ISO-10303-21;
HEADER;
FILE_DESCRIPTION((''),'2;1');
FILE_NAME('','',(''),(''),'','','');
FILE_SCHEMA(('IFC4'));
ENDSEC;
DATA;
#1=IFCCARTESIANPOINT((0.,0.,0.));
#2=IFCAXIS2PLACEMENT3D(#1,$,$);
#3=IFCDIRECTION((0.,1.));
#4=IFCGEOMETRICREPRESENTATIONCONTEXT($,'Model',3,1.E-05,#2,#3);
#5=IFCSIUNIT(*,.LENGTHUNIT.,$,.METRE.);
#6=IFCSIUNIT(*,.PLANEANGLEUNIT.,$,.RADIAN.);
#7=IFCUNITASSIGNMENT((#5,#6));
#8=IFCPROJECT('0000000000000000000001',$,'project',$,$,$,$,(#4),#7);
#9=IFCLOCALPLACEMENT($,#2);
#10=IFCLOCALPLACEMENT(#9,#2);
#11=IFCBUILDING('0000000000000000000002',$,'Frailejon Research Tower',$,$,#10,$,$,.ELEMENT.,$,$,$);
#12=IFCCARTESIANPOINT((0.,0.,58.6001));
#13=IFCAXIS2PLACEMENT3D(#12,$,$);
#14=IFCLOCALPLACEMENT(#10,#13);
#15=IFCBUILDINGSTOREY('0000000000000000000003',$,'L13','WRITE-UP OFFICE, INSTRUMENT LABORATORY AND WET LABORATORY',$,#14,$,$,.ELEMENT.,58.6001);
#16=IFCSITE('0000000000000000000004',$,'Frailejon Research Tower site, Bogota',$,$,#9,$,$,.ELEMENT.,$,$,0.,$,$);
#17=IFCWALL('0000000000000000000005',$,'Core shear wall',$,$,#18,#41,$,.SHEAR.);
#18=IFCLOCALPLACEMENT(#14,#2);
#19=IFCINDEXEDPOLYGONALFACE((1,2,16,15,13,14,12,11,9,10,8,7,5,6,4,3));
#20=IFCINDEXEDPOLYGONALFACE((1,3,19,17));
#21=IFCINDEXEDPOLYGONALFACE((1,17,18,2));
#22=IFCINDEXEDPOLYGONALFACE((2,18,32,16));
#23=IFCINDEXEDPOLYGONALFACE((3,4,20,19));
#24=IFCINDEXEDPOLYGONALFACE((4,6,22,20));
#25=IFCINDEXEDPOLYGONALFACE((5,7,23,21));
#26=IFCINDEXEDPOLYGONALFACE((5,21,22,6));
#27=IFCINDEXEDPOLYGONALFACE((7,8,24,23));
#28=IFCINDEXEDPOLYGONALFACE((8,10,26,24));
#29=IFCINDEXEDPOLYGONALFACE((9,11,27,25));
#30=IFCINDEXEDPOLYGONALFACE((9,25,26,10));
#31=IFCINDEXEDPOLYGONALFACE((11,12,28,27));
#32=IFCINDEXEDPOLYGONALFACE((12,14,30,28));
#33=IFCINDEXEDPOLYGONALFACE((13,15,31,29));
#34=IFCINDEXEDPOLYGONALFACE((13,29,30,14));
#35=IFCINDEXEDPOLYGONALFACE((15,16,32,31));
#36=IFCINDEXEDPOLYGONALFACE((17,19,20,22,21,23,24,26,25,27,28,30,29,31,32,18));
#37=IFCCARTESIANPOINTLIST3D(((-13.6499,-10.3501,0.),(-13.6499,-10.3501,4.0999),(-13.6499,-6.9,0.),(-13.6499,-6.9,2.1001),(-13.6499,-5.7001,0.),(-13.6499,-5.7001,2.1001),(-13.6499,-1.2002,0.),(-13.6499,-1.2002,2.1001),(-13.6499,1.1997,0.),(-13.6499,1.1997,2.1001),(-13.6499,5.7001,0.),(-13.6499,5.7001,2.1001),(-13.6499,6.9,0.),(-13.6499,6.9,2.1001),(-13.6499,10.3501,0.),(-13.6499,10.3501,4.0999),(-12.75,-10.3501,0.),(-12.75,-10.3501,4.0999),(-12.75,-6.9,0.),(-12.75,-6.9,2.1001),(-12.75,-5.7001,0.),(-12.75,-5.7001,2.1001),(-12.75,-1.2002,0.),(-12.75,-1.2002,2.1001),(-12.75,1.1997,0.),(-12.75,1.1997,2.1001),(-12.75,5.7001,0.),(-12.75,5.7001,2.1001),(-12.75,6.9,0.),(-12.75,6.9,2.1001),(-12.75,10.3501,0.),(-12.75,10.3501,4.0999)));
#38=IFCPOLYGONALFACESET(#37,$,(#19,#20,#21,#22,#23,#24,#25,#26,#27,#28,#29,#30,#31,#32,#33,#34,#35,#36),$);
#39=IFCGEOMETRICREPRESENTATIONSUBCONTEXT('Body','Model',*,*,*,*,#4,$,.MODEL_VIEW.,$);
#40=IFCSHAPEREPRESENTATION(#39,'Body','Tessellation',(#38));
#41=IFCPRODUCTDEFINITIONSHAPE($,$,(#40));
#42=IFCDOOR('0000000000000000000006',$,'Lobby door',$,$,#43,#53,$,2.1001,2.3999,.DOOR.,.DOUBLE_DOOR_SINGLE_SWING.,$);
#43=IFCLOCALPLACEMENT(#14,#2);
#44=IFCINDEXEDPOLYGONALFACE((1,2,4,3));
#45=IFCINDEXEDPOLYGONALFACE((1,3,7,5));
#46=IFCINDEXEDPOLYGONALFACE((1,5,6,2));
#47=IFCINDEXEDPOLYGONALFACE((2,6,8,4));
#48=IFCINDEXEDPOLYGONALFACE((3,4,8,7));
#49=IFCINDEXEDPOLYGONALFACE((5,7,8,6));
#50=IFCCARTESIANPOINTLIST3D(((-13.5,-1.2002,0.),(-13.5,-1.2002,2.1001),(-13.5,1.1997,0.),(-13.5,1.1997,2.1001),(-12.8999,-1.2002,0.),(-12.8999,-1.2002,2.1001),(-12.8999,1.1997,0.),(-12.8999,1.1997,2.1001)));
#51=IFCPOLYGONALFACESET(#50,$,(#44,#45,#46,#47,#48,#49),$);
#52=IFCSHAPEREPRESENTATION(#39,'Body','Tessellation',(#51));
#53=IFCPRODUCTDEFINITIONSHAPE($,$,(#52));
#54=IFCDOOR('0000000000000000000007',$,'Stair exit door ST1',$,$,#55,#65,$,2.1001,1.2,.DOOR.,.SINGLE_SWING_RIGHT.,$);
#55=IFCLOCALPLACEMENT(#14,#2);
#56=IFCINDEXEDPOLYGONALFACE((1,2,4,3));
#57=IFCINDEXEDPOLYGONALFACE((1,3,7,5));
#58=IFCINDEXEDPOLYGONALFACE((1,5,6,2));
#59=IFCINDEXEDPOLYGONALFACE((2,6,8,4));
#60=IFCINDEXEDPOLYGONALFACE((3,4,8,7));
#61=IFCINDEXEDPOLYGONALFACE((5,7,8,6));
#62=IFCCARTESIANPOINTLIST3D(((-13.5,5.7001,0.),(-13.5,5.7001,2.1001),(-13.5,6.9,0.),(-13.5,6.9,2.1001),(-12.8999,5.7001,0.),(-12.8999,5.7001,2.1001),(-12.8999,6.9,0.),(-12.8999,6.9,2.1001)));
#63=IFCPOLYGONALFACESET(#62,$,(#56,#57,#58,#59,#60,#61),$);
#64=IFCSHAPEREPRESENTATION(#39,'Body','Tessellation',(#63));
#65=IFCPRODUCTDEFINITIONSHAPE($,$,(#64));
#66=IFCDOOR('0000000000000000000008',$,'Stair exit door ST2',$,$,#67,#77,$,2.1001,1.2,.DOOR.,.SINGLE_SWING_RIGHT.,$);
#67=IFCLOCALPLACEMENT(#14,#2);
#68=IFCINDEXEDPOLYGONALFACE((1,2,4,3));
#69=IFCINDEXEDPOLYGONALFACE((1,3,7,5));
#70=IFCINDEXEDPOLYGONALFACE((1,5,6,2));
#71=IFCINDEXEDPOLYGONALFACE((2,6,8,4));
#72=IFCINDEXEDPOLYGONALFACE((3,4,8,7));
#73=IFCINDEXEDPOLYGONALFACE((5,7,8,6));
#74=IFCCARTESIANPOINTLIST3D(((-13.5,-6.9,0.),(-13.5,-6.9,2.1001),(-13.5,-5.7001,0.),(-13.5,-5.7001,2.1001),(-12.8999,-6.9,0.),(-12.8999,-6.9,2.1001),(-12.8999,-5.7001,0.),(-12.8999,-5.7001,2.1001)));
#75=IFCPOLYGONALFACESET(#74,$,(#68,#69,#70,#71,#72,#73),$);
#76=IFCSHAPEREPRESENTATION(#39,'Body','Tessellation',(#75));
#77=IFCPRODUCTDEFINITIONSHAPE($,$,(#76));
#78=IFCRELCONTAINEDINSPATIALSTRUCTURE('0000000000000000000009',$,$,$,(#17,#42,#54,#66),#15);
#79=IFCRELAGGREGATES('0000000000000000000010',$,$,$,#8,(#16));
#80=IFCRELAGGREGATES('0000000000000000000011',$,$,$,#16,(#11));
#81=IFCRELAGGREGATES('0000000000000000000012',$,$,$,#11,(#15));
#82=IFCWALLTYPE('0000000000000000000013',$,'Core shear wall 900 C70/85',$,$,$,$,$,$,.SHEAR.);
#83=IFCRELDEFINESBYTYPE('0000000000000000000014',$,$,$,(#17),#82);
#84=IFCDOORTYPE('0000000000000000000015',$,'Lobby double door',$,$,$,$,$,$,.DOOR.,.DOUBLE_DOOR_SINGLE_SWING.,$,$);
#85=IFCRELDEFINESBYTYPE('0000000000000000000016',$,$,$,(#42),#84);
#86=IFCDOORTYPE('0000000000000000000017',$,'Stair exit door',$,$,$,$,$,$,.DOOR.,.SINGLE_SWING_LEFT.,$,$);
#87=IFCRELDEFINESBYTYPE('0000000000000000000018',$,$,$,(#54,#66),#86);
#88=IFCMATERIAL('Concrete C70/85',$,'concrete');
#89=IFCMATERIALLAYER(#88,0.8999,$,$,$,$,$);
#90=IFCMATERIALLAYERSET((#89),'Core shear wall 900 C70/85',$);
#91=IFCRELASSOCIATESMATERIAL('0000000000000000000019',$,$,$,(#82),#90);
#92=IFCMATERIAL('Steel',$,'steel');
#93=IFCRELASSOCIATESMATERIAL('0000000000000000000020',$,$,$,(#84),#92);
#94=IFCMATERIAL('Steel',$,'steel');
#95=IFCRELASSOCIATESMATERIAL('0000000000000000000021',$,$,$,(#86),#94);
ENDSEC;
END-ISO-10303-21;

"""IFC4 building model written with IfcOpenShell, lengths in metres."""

from ifc_helpers import new_model, si_unit, direction, frame, frame_2d, origin, place, context, subcontext, project, spatial, rectangle, extrude, material, layer, layer_set, type_object, element, fill, save


model = new_model("IFC4")

# Units and contexts
model_context = context("Model", 3, precision=1e-05, world=origin(), true_north=direction((0.0, 1.0)))
body_context = subcontext(model_context, "Body", "Model", "MODEL_VIEW")
ifc_project = project(units=[si_unit("LENGTHUNIT", "METRE"), si_unit("PLANEANGLEUNIT", "RADIAN")], contexts=[model_context])

# Site, building, storey
site_placement = place(None, origin())
site = spatial("IfcSite", under=ifc_project, at=site_placement, Name="Frailejon Research Tower site, Bogota", CompositionType="ELEMENT", RefElevation=0.0)
building_placement = place(site_placement, origin())
building = spatial("IfcBuilding", under=site, at=building_placement, Name="Frailejon Research Tower", CompositionType="ELEMENT")
storey_placement = place(building_placement, frame((0.0, 0.0, 58.6001)))
storey = spatial("IfcBuildingStorey", under=building, at=storey_placement, Name="L13", Description="WRITE-UP OFFICE, INSTRUMENT LABORATORY AND WET LABORATORY", CompositionType="ELEMENT", Elevation=58.6001)

# Wall, openings, doors
ifc_material_1 = material(Name="Concrete C70/85", Category="concrete")
ifc_layer_1 = layer(ifc_material_1, 0.8999)
ifc_layer_set_1 = layer_set([ifc_layer_1], Name="Core shear wall 900 C70/85")
wall_type_1 = type_object("IfcWallType", Name="Core shear wall 900 C70/85", PredefinedType="SHEAR", material=ifc_layer_set_1)
wall_1_placement = place(storey_placement, frame((-13.2, -10.3501, 0.0), z_axis=(0.0, 0.0, 1.0), x_axis=(0.0, 1.0, 0.0)))
wall_1 = element("IfcWall", 1, at=wall_1_placement, inside=storey, type_object=wall_type_1, Name="Core shear wall", PredefinedType="SHEAR", context=body_context, shape_type="SweptSolid", body=[
    extrude(rectangle(XDim=20.7002, YDim=0.8999, at=frame_2d((10.3501, 0.0))), origin(), (0.0, 0.0, 1.0), 4.0999),
])
opening_1_placement = place(wall_1_placement, frame((9.1499, 0.0, 0.0)))
opening_1 = element("IfcOpeningElement", 2, at=opening_1_placement, cuts=wall_1, PredefinedType="OPENING", context=body_context, shape_type="SweptSolid", body=[
    extrude(rectangle(XDim=2.3999, YDim=2.1001, at=frame_2d((1.2, 1.05))), frame((0.0, 0.46, 0.0), z_axis=(0.0, -1.0, 0.0), x_axis=(1.0, 0.0, 0.0)), (0.0, 0.0, 1.0), 0.9199),
])
opening_2_placement = place(wall_1_placement, frame((16.05, 0.0, 0.0)))
opening_2 = element("IfcOpeningElement", 3, at=opening_2_placement, cuts=wall_1, PredefinedType="OPENING", context=body_context, shape_type="SweptSolid", body=[
    extrude(rectangle(XDim=1.2, YDim=2.1001, at=frame_2d((0.6001, 1.05))), frame((0.0, 0.46, 0.0), z_axis=(0.0, -1.0, 0.0), x_axis=(1.0, 0.0, 0.0)), (0.0, 0.0, 1.0), 0.9199),
])
opening_3_placement = place(wall_1_placement, frame((3.45, 0.0, 0.0)))
opening_3 = element("IfcOpeningElement", 4, at=opening_3_placement, cuts=wall_1, PredefinedType="OPENING", context=body_context, shape_type="SweptSolid", body=[
    extrude(rectangle(XDim=1.2, YDim=2.1001, at=frame_2d((0.6001, 1.05))), frame((0.0, 0.46, 0.0), z_axis=(0.0, -1.0, 0.0), x_axis=(1.0, 0.0, 0.0)), (0.0, 0.0, 1.0), 0.9199),
])
ifc_material_2 = material(Name="Steel", Category="steel")
door_type_1 = type_object("IfcDoorType", Name="Lobby double door", OperationType="DOUBLE_DOOR_SINGLE_SWING", PredefinedType="DOOR", material=ifc_material_2)
door_1_placement = place(opening_1_placement, origin())
door_1 = element("IfcDoor", 5, at=door_1_placement, inside=storey, type_object=door_type_1, Name="Lobby door", OperationType="DOUBLE_DOOR_SINGLE_SWING", OverallHeight=2.1001, OverallWidth=2.3999, PredefinedType="DOOR", context=body_context, shape_type="SweptSolid", body=[
    extrude(rectangle(XDim=2.3999, YDim=2.1001, at=frame_2d((1.2, 1.05))), frame((0.0, 0.3, 0.0), z_axis=(0.0, -1.0, 0.0), x_axis=(1.0, 0.0, 0.0)), (0.0, 0.0, 1.0), 0.6001),
])
fill(opening_1, door_1)
ifc_material_3 = material(Name="Steel", Category="steel")
door_type_2 = type_object("IfcDoorType", Name="Stair exit door", OperationType="SINGLE_SWING_LEFT", PredefinedType="DOOR", material=ifc_material_3)
door_2_placement = place(opening_2_placement, origin())
door_2 = element("IfcDoor", 6, at=door_2_placement, inside=storey, type_object=door_type_2, Name="Stair exit door ST1", OperationType="SINGLE_SWING_RIGHT", OverallHeight=2.1001, OverallWidth=1.2, PredefinedType="DOOR", context=body_context, shape_type="SweptSolid", body=[
    extrude(rectangle(XDim=1.2, YDim=2.1001, at=frame_2d((0.6001, 1.05))), frame((0.0, 0.3, 0.0), z_axis=(0.0, -1.0, 0.0), x_axis=(1.0, 0.0, 0.0)), (0.0, 0.0, 1.0), 0.6001),
])
fill(opening_2, door_2)
door_3_placement = place(opening_3_placement, origin())
door_3 = element("IfcDoor", 7, at=door_3_placement, inside=storey, type_object=door_type_2, Name="Stair exit door ST2", OperationType="SINGLE_SWING_RIGHT", OverallHeight=2.1001, OverallWidth=1.2, PredefinedType="DOOR", context=body_context, shape_type="SweptSolid", body=[
    extrude(rectangle(XDim=1.2, YDim=2.1001, at=frame_2d((0.6001, 1.05))), frame((0.0, 0.3, 0.0), z_axis=(0.0, -1.0, 0.0), x_axis=(1.0, 0.0, 0.0)), (0.0, 0.0, 1.0), 0.6001),
])
fill(opening_3, door_3)

save(model, "model.ifc")
